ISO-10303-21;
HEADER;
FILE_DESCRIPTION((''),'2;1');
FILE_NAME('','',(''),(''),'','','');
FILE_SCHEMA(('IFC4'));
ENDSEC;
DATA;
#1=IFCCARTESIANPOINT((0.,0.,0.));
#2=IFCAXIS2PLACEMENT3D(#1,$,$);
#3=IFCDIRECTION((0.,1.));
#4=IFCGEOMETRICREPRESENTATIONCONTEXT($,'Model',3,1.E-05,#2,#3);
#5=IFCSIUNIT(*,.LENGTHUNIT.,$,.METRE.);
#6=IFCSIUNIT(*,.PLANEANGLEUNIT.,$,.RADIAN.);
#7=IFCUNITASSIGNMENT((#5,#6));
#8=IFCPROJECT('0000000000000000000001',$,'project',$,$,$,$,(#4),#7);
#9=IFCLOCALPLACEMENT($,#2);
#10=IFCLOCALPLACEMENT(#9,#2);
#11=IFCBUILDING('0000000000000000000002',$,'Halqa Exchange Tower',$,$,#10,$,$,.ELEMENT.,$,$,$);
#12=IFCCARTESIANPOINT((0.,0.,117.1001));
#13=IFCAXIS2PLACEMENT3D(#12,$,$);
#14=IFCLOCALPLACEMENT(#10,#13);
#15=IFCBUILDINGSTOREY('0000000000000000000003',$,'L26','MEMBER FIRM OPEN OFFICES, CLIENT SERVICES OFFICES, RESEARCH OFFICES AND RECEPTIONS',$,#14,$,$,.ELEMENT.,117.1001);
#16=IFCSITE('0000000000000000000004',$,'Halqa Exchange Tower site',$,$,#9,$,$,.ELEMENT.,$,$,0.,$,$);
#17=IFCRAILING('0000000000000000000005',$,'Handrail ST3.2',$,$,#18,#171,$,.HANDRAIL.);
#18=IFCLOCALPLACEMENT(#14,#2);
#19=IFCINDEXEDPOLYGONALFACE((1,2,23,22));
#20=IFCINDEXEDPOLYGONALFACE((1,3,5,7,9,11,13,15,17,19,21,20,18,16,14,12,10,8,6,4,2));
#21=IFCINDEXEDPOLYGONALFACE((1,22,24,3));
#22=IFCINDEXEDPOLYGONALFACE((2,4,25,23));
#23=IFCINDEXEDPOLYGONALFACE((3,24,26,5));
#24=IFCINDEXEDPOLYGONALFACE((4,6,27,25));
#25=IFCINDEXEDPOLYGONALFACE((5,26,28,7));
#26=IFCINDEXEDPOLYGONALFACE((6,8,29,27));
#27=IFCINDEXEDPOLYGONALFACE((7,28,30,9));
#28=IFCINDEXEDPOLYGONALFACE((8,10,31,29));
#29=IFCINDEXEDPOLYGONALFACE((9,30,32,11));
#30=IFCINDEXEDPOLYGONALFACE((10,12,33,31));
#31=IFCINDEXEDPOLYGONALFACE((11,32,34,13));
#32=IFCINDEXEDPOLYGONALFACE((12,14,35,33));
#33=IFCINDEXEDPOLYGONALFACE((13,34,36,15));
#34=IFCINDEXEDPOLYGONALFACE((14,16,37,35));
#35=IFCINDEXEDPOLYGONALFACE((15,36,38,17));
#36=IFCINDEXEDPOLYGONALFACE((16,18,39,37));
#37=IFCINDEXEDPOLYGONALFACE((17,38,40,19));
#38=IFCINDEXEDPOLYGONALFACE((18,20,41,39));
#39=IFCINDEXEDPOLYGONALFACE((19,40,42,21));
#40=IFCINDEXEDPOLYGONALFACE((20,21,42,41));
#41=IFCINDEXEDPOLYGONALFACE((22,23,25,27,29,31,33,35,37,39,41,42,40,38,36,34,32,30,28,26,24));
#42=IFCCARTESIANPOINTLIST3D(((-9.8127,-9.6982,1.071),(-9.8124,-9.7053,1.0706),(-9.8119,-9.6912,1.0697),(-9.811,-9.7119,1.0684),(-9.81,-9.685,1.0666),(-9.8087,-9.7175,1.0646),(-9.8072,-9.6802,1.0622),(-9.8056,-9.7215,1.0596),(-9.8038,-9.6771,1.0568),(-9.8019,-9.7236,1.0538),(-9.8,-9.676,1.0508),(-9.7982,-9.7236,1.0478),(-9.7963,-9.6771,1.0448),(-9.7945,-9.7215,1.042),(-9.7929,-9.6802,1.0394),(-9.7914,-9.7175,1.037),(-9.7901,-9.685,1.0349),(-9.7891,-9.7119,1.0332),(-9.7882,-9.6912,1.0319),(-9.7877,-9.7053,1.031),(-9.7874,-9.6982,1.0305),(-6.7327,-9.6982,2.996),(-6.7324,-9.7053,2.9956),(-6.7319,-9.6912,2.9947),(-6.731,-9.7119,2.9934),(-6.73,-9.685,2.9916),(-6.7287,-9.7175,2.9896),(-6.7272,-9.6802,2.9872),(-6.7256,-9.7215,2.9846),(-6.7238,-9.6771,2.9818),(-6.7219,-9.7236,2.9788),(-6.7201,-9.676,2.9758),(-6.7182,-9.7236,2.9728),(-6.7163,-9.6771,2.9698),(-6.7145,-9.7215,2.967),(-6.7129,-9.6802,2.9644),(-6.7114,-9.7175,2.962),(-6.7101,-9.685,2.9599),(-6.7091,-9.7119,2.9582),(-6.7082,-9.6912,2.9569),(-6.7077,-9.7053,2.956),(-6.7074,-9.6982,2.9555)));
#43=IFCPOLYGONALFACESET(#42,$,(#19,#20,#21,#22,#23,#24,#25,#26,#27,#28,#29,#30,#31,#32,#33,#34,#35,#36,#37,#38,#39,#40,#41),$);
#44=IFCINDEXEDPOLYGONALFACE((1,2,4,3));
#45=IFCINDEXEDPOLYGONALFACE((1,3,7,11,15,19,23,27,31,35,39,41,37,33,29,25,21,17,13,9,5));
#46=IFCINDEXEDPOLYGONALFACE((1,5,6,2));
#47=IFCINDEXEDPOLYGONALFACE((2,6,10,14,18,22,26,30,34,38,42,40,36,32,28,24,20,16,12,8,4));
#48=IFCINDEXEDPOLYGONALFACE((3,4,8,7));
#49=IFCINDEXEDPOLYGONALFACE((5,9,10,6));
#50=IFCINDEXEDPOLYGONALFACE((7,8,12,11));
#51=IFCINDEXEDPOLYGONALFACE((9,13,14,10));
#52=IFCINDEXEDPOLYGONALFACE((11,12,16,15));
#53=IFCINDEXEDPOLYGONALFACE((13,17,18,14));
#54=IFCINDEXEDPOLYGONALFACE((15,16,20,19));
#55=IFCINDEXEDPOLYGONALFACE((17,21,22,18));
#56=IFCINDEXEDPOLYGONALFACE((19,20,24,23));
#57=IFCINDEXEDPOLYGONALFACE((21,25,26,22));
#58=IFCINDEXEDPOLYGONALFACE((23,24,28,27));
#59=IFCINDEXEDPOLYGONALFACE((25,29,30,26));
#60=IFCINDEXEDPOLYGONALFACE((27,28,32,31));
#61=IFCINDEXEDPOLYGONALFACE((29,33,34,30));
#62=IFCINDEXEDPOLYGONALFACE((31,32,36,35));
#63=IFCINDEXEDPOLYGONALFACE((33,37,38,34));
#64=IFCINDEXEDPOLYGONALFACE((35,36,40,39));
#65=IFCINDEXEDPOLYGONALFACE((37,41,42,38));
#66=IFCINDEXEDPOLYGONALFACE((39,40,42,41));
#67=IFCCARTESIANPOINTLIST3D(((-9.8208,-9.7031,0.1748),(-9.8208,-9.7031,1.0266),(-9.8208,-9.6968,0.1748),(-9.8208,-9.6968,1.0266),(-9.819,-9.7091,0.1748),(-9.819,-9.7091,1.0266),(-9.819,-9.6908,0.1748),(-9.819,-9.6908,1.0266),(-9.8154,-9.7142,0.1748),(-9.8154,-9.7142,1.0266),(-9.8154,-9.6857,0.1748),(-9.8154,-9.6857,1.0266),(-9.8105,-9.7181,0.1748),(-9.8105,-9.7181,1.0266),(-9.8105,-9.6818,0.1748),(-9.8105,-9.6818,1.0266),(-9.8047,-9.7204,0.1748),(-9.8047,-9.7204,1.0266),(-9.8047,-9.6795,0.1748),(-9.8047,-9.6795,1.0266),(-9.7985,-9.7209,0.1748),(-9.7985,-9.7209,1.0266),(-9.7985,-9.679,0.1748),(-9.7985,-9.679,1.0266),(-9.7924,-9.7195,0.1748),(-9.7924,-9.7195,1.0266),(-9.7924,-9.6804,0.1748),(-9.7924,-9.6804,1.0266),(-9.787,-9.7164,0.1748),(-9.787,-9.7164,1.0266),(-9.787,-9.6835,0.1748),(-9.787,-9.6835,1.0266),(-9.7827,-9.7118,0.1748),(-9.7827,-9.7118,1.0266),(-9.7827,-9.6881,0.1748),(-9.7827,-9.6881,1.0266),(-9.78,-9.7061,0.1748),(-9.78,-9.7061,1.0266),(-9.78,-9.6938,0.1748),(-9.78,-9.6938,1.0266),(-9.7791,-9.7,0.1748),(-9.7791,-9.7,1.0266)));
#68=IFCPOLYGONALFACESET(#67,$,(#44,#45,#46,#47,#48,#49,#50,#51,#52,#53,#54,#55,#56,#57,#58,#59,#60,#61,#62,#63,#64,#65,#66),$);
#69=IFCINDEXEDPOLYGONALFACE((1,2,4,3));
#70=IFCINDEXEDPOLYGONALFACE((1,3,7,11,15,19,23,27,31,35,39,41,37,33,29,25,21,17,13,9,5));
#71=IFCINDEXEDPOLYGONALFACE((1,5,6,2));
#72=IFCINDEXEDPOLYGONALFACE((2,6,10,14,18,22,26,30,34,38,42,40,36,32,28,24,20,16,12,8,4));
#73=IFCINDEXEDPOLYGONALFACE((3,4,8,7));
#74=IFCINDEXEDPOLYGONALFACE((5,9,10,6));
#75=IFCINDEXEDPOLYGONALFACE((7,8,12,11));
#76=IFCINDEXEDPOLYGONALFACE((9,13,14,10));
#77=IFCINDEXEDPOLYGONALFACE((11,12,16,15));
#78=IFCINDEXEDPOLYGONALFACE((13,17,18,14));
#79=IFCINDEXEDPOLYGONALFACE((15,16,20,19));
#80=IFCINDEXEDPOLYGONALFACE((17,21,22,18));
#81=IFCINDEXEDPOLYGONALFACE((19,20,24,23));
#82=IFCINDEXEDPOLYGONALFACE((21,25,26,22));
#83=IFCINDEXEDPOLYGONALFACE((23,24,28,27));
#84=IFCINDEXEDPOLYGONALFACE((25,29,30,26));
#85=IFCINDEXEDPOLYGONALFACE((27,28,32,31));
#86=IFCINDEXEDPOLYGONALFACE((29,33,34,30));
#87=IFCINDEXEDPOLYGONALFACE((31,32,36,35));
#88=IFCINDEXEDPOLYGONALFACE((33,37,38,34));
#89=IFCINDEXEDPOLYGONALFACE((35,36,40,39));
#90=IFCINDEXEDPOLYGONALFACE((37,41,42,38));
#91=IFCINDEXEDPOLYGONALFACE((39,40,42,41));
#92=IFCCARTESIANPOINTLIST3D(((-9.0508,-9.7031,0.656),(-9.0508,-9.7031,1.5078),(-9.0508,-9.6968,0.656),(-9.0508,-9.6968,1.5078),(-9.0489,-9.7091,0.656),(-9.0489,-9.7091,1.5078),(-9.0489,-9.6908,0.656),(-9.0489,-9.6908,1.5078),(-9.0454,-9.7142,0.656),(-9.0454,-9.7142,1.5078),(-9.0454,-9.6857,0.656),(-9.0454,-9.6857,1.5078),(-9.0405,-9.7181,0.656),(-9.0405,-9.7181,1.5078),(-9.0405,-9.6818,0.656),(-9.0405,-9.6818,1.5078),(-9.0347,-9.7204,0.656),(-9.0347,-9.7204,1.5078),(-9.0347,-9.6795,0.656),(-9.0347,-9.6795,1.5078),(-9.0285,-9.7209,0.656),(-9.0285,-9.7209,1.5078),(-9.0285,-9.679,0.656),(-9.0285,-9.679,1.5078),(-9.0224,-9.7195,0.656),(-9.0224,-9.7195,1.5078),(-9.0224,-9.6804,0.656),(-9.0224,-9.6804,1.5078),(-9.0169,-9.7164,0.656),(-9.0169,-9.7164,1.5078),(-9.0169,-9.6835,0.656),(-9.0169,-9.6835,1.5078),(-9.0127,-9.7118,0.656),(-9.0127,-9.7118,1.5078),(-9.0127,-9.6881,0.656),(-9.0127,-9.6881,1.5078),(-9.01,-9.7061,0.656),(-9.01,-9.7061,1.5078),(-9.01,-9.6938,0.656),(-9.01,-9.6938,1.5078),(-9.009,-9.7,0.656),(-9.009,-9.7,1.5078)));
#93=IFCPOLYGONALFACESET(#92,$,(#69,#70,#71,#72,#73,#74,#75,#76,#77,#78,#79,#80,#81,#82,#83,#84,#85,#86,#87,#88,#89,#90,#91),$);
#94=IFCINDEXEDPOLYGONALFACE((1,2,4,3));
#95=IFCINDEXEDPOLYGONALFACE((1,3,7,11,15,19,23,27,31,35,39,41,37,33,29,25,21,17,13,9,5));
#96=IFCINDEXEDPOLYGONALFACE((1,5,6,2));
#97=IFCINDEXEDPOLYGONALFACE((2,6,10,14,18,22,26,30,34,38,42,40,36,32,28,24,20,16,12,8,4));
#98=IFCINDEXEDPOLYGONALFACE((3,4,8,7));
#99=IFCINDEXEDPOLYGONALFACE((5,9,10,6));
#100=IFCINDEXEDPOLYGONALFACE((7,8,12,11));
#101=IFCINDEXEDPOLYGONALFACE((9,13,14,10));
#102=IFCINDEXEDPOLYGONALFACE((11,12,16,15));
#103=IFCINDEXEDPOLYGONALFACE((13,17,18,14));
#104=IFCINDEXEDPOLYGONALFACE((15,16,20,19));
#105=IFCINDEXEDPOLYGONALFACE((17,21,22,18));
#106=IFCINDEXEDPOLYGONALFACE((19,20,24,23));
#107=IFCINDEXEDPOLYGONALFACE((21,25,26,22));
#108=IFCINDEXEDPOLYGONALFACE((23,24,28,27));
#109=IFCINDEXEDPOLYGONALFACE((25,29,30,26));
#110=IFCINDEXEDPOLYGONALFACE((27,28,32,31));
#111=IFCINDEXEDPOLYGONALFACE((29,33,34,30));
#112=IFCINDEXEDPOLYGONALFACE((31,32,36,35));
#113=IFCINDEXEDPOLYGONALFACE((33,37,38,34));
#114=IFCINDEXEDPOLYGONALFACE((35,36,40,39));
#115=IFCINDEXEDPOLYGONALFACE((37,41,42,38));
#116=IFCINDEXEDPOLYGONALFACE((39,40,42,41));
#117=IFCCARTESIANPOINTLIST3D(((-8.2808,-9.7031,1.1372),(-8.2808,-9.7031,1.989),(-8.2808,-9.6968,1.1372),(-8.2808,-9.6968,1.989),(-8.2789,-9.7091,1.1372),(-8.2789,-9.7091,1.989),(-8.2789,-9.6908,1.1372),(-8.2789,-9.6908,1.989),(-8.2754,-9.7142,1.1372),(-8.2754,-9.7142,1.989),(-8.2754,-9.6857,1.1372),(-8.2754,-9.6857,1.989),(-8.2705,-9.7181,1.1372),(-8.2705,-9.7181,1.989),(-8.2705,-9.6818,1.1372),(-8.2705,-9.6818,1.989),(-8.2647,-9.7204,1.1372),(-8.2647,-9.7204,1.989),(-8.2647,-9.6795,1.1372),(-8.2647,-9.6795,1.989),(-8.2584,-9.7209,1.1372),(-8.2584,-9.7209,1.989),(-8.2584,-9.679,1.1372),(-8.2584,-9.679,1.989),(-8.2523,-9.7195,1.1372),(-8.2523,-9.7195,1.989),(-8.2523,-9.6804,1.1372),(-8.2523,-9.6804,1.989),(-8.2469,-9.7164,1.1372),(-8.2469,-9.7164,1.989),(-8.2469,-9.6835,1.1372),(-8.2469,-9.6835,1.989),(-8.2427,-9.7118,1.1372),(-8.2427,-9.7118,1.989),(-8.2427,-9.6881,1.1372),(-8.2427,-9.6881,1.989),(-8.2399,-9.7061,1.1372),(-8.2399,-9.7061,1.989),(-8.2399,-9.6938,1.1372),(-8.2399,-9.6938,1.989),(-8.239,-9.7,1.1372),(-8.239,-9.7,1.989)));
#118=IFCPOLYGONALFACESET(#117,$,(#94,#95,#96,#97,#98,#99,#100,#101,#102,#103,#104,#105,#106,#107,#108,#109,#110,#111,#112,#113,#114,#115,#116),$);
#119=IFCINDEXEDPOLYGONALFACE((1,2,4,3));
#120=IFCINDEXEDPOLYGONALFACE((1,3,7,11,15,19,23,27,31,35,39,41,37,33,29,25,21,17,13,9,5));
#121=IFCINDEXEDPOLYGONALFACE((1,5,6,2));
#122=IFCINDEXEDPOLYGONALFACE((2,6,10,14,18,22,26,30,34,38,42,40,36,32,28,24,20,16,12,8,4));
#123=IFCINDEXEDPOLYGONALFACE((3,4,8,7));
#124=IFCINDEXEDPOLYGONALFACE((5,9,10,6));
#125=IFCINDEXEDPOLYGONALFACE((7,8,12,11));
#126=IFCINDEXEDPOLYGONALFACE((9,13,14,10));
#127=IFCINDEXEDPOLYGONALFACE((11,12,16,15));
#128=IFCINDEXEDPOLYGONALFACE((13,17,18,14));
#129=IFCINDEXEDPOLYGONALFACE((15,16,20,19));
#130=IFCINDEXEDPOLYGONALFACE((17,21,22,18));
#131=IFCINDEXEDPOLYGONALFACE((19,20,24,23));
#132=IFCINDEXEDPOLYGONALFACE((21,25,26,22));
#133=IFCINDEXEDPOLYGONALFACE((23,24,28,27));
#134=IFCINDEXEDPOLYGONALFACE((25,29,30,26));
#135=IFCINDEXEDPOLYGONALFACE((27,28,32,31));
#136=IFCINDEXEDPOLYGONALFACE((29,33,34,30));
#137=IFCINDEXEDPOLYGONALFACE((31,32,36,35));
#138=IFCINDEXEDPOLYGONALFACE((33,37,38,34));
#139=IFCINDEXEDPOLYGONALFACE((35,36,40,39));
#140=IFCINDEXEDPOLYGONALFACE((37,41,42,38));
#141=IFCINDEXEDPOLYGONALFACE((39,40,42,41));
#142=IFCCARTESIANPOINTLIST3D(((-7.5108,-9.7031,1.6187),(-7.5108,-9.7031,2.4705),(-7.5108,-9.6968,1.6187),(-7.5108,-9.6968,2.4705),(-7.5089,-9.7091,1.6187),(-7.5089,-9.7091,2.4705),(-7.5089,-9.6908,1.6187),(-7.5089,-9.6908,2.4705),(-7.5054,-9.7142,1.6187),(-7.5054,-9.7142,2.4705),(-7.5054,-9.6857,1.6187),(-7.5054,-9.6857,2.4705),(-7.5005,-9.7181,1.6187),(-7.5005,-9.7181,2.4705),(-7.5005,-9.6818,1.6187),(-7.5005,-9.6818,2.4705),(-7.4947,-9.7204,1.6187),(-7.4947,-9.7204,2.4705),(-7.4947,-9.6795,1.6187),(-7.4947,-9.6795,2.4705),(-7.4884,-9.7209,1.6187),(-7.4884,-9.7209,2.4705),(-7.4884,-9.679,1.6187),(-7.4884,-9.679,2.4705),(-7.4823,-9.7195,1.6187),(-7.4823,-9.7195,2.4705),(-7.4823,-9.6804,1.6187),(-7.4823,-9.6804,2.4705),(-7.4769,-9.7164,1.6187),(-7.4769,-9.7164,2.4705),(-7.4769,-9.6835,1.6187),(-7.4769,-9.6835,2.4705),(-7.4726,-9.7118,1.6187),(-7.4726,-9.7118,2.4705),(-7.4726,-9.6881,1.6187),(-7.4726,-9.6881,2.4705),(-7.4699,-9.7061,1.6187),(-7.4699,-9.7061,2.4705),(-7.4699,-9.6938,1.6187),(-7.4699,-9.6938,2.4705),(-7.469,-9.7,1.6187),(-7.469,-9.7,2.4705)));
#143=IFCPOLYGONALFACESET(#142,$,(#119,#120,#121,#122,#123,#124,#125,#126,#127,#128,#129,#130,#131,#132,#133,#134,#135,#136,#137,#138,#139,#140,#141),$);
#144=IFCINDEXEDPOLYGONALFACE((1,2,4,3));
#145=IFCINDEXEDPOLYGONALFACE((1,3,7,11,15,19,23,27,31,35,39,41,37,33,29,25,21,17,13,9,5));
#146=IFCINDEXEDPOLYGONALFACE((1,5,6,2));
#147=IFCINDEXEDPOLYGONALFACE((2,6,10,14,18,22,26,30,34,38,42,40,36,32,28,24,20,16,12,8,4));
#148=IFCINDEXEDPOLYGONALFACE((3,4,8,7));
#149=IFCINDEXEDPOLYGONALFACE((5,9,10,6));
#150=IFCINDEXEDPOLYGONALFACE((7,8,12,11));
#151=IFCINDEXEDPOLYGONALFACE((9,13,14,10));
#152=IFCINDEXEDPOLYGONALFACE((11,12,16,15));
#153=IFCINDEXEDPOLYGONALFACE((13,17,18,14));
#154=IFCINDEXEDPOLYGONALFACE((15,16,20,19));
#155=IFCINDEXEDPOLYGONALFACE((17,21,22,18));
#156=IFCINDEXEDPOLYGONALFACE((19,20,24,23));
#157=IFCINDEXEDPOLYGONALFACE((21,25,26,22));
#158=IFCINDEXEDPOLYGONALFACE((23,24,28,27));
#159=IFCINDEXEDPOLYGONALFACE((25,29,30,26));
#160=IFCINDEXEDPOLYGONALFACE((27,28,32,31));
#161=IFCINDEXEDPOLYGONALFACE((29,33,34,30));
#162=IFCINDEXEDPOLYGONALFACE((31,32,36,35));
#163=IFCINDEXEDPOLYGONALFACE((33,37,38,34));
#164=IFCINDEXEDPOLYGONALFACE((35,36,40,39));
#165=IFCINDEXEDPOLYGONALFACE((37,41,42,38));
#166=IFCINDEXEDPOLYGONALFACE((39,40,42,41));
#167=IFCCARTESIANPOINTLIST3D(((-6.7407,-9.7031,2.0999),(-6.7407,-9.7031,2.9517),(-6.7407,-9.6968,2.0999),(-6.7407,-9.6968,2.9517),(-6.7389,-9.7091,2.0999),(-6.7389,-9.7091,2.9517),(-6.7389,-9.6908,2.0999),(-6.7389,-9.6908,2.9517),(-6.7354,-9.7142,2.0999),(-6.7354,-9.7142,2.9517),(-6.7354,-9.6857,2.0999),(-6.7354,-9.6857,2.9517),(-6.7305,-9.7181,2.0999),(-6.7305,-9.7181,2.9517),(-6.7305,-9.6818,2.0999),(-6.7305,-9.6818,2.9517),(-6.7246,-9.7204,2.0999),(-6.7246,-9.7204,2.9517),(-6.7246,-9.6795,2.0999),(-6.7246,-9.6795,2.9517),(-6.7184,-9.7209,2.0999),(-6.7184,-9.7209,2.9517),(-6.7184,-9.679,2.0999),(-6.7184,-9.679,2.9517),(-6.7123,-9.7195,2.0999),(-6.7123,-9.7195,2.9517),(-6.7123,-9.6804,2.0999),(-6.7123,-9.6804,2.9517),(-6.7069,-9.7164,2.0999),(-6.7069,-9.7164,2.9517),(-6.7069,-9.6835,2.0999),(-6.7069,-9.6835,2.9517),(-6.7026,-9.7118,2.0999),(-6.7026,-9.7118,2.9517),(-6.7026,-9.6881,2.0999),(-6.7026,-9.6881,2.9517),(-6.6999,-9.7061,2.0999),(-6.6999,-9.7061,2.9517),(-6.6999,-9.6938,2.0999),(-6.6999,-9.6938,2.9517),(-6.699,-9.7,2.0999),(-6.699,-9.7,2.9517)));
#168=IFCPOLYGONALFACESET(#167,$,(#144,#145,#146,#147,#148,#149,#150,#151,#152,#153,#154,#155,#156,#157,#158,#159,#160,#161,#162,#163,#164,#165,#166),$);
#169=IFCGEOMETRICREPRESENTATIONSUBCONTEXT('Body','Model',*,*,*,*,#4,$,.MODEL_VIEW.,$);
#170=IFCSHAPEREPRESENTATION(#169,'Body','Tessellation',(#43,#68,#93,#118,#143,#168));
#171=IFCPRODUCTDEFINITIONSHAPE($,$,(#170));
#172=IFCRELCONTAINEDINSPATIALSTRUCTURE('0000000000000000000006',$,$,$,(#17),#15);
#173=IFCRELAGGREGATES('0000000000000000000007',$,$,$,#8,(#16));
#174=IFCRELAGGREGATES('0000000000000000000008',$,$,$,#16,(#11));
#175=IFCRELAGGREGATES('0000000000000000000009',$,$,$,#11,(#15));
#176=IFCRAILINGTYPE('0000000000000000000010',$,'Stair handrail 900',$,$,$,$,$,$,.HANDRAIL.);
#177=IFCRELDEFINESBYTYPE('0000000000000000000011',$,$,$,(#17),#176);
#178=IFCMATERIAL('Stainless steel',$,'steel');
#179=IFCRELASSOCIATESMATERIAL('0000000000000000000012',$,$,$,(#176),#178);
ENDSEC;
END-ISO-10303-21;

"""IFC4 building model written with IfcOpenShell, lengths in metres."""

from ifc_helpers import new_model, si_unit, direction, frame, origin, origin_2d, place, context, subcontext, project, spatial, circle, extrude, material, type_object, element, save


model = new_model("IFC4")

# Units and contexts
model_context = context("Model", 3, precision=1e-05, world=origin(), true_north=direction((0.0, 1.0)))
body_context = subcontext(model_context, "Body", "Model", "MODEL_VIEW")
ifc_project = project(units=[si_unit("LENGTHUNIT", "METRE"), si_unit("PLANEANGLEUNIT", "RADIAN")], contexts=[model_context])

# Site, building, storey
site_placement = place(None, origin())
site = spatial("IfcSite", under=ifc_project, at=site_placement, Name="Halqa Exchange Tower site", CompositionType="ELEMENT", RefElevation=0.0)
building_placement = place(site_placement, origin())
building = spatial("IfcBuilding", under=site, at=building_placement, Name="Halqa Exchange Tower", CompositionType="ELEMENT")
storey_placement = place(building_placement, frame((0.0, 0.0, 117.1001)))
storey = spatial("IfcBuildingStorey", under=building, at=storey_placement, Name="L26", Description="MEMBER FIRM OPEN OFFICES, CLIENT SERVICES OFFICES, RESEARCH OFFICES AND RECEPTIONS", CompositionType="ELEMENT", Elevation=117.1001)

# Shared definitions
ifc_material_1 = material(Name="Stainless steel", Category="steel")

# Railing
railing_type_1 = type_object("IfcRailingType", Name="Stair handrail 900", PredefinedType="HANDRAIL", material=ifc_material_1)
railing_1_placement = place(storey_placement, frame((-9.8, -9.7, 0.1748)))
element("IfcRailing", 1, at=railing_1_placement, inside=storey, type_object=railing_type_1, Name="Handrail ST3.2", PredefinedType="HANDRAIL", context=body_context, shape_type="SweptSolid", body=[
    extrude(circle(Radius=0.0239, at=origin_2d()), frame((0.0, 0.0, 0.876), z_axis=(0.847998, 0.0, 0.529999), x_axis=(0.0, 1.0, 0.0)), (0.0, 0.0, 1.0), 3.6321),
    extrude(circle(Radius=0.021, at=origin_2d()), origin(), (0.0, 0.0, 1.0), 0.8518),
    extrude(circle(Radius=0.021, at=origin_2d()), frame((0.77, 0.0, 0.4812)), (0.0, 0.0, 1.0), 0.8518),
    extrude(circle(Radius=0.021, at=origin_2d()), frame((1.54, 0.0, 0.9624)), (0.0, 0.0, 1.0), 0.8518),
    extrude(circle(Radius=0.021, at=origin_2d()), frame((2.3101, 0.0, 1.4438)), (0.0, 0.0, 1.0), 0.8518),
    extrude(circle(Radius=0.021, at=origin_2d()), frame((3.0801, 0.0, 1.925)), (0.0, 0.0, 1.0), 0.8518),
])

save(model, "model.ifc")
